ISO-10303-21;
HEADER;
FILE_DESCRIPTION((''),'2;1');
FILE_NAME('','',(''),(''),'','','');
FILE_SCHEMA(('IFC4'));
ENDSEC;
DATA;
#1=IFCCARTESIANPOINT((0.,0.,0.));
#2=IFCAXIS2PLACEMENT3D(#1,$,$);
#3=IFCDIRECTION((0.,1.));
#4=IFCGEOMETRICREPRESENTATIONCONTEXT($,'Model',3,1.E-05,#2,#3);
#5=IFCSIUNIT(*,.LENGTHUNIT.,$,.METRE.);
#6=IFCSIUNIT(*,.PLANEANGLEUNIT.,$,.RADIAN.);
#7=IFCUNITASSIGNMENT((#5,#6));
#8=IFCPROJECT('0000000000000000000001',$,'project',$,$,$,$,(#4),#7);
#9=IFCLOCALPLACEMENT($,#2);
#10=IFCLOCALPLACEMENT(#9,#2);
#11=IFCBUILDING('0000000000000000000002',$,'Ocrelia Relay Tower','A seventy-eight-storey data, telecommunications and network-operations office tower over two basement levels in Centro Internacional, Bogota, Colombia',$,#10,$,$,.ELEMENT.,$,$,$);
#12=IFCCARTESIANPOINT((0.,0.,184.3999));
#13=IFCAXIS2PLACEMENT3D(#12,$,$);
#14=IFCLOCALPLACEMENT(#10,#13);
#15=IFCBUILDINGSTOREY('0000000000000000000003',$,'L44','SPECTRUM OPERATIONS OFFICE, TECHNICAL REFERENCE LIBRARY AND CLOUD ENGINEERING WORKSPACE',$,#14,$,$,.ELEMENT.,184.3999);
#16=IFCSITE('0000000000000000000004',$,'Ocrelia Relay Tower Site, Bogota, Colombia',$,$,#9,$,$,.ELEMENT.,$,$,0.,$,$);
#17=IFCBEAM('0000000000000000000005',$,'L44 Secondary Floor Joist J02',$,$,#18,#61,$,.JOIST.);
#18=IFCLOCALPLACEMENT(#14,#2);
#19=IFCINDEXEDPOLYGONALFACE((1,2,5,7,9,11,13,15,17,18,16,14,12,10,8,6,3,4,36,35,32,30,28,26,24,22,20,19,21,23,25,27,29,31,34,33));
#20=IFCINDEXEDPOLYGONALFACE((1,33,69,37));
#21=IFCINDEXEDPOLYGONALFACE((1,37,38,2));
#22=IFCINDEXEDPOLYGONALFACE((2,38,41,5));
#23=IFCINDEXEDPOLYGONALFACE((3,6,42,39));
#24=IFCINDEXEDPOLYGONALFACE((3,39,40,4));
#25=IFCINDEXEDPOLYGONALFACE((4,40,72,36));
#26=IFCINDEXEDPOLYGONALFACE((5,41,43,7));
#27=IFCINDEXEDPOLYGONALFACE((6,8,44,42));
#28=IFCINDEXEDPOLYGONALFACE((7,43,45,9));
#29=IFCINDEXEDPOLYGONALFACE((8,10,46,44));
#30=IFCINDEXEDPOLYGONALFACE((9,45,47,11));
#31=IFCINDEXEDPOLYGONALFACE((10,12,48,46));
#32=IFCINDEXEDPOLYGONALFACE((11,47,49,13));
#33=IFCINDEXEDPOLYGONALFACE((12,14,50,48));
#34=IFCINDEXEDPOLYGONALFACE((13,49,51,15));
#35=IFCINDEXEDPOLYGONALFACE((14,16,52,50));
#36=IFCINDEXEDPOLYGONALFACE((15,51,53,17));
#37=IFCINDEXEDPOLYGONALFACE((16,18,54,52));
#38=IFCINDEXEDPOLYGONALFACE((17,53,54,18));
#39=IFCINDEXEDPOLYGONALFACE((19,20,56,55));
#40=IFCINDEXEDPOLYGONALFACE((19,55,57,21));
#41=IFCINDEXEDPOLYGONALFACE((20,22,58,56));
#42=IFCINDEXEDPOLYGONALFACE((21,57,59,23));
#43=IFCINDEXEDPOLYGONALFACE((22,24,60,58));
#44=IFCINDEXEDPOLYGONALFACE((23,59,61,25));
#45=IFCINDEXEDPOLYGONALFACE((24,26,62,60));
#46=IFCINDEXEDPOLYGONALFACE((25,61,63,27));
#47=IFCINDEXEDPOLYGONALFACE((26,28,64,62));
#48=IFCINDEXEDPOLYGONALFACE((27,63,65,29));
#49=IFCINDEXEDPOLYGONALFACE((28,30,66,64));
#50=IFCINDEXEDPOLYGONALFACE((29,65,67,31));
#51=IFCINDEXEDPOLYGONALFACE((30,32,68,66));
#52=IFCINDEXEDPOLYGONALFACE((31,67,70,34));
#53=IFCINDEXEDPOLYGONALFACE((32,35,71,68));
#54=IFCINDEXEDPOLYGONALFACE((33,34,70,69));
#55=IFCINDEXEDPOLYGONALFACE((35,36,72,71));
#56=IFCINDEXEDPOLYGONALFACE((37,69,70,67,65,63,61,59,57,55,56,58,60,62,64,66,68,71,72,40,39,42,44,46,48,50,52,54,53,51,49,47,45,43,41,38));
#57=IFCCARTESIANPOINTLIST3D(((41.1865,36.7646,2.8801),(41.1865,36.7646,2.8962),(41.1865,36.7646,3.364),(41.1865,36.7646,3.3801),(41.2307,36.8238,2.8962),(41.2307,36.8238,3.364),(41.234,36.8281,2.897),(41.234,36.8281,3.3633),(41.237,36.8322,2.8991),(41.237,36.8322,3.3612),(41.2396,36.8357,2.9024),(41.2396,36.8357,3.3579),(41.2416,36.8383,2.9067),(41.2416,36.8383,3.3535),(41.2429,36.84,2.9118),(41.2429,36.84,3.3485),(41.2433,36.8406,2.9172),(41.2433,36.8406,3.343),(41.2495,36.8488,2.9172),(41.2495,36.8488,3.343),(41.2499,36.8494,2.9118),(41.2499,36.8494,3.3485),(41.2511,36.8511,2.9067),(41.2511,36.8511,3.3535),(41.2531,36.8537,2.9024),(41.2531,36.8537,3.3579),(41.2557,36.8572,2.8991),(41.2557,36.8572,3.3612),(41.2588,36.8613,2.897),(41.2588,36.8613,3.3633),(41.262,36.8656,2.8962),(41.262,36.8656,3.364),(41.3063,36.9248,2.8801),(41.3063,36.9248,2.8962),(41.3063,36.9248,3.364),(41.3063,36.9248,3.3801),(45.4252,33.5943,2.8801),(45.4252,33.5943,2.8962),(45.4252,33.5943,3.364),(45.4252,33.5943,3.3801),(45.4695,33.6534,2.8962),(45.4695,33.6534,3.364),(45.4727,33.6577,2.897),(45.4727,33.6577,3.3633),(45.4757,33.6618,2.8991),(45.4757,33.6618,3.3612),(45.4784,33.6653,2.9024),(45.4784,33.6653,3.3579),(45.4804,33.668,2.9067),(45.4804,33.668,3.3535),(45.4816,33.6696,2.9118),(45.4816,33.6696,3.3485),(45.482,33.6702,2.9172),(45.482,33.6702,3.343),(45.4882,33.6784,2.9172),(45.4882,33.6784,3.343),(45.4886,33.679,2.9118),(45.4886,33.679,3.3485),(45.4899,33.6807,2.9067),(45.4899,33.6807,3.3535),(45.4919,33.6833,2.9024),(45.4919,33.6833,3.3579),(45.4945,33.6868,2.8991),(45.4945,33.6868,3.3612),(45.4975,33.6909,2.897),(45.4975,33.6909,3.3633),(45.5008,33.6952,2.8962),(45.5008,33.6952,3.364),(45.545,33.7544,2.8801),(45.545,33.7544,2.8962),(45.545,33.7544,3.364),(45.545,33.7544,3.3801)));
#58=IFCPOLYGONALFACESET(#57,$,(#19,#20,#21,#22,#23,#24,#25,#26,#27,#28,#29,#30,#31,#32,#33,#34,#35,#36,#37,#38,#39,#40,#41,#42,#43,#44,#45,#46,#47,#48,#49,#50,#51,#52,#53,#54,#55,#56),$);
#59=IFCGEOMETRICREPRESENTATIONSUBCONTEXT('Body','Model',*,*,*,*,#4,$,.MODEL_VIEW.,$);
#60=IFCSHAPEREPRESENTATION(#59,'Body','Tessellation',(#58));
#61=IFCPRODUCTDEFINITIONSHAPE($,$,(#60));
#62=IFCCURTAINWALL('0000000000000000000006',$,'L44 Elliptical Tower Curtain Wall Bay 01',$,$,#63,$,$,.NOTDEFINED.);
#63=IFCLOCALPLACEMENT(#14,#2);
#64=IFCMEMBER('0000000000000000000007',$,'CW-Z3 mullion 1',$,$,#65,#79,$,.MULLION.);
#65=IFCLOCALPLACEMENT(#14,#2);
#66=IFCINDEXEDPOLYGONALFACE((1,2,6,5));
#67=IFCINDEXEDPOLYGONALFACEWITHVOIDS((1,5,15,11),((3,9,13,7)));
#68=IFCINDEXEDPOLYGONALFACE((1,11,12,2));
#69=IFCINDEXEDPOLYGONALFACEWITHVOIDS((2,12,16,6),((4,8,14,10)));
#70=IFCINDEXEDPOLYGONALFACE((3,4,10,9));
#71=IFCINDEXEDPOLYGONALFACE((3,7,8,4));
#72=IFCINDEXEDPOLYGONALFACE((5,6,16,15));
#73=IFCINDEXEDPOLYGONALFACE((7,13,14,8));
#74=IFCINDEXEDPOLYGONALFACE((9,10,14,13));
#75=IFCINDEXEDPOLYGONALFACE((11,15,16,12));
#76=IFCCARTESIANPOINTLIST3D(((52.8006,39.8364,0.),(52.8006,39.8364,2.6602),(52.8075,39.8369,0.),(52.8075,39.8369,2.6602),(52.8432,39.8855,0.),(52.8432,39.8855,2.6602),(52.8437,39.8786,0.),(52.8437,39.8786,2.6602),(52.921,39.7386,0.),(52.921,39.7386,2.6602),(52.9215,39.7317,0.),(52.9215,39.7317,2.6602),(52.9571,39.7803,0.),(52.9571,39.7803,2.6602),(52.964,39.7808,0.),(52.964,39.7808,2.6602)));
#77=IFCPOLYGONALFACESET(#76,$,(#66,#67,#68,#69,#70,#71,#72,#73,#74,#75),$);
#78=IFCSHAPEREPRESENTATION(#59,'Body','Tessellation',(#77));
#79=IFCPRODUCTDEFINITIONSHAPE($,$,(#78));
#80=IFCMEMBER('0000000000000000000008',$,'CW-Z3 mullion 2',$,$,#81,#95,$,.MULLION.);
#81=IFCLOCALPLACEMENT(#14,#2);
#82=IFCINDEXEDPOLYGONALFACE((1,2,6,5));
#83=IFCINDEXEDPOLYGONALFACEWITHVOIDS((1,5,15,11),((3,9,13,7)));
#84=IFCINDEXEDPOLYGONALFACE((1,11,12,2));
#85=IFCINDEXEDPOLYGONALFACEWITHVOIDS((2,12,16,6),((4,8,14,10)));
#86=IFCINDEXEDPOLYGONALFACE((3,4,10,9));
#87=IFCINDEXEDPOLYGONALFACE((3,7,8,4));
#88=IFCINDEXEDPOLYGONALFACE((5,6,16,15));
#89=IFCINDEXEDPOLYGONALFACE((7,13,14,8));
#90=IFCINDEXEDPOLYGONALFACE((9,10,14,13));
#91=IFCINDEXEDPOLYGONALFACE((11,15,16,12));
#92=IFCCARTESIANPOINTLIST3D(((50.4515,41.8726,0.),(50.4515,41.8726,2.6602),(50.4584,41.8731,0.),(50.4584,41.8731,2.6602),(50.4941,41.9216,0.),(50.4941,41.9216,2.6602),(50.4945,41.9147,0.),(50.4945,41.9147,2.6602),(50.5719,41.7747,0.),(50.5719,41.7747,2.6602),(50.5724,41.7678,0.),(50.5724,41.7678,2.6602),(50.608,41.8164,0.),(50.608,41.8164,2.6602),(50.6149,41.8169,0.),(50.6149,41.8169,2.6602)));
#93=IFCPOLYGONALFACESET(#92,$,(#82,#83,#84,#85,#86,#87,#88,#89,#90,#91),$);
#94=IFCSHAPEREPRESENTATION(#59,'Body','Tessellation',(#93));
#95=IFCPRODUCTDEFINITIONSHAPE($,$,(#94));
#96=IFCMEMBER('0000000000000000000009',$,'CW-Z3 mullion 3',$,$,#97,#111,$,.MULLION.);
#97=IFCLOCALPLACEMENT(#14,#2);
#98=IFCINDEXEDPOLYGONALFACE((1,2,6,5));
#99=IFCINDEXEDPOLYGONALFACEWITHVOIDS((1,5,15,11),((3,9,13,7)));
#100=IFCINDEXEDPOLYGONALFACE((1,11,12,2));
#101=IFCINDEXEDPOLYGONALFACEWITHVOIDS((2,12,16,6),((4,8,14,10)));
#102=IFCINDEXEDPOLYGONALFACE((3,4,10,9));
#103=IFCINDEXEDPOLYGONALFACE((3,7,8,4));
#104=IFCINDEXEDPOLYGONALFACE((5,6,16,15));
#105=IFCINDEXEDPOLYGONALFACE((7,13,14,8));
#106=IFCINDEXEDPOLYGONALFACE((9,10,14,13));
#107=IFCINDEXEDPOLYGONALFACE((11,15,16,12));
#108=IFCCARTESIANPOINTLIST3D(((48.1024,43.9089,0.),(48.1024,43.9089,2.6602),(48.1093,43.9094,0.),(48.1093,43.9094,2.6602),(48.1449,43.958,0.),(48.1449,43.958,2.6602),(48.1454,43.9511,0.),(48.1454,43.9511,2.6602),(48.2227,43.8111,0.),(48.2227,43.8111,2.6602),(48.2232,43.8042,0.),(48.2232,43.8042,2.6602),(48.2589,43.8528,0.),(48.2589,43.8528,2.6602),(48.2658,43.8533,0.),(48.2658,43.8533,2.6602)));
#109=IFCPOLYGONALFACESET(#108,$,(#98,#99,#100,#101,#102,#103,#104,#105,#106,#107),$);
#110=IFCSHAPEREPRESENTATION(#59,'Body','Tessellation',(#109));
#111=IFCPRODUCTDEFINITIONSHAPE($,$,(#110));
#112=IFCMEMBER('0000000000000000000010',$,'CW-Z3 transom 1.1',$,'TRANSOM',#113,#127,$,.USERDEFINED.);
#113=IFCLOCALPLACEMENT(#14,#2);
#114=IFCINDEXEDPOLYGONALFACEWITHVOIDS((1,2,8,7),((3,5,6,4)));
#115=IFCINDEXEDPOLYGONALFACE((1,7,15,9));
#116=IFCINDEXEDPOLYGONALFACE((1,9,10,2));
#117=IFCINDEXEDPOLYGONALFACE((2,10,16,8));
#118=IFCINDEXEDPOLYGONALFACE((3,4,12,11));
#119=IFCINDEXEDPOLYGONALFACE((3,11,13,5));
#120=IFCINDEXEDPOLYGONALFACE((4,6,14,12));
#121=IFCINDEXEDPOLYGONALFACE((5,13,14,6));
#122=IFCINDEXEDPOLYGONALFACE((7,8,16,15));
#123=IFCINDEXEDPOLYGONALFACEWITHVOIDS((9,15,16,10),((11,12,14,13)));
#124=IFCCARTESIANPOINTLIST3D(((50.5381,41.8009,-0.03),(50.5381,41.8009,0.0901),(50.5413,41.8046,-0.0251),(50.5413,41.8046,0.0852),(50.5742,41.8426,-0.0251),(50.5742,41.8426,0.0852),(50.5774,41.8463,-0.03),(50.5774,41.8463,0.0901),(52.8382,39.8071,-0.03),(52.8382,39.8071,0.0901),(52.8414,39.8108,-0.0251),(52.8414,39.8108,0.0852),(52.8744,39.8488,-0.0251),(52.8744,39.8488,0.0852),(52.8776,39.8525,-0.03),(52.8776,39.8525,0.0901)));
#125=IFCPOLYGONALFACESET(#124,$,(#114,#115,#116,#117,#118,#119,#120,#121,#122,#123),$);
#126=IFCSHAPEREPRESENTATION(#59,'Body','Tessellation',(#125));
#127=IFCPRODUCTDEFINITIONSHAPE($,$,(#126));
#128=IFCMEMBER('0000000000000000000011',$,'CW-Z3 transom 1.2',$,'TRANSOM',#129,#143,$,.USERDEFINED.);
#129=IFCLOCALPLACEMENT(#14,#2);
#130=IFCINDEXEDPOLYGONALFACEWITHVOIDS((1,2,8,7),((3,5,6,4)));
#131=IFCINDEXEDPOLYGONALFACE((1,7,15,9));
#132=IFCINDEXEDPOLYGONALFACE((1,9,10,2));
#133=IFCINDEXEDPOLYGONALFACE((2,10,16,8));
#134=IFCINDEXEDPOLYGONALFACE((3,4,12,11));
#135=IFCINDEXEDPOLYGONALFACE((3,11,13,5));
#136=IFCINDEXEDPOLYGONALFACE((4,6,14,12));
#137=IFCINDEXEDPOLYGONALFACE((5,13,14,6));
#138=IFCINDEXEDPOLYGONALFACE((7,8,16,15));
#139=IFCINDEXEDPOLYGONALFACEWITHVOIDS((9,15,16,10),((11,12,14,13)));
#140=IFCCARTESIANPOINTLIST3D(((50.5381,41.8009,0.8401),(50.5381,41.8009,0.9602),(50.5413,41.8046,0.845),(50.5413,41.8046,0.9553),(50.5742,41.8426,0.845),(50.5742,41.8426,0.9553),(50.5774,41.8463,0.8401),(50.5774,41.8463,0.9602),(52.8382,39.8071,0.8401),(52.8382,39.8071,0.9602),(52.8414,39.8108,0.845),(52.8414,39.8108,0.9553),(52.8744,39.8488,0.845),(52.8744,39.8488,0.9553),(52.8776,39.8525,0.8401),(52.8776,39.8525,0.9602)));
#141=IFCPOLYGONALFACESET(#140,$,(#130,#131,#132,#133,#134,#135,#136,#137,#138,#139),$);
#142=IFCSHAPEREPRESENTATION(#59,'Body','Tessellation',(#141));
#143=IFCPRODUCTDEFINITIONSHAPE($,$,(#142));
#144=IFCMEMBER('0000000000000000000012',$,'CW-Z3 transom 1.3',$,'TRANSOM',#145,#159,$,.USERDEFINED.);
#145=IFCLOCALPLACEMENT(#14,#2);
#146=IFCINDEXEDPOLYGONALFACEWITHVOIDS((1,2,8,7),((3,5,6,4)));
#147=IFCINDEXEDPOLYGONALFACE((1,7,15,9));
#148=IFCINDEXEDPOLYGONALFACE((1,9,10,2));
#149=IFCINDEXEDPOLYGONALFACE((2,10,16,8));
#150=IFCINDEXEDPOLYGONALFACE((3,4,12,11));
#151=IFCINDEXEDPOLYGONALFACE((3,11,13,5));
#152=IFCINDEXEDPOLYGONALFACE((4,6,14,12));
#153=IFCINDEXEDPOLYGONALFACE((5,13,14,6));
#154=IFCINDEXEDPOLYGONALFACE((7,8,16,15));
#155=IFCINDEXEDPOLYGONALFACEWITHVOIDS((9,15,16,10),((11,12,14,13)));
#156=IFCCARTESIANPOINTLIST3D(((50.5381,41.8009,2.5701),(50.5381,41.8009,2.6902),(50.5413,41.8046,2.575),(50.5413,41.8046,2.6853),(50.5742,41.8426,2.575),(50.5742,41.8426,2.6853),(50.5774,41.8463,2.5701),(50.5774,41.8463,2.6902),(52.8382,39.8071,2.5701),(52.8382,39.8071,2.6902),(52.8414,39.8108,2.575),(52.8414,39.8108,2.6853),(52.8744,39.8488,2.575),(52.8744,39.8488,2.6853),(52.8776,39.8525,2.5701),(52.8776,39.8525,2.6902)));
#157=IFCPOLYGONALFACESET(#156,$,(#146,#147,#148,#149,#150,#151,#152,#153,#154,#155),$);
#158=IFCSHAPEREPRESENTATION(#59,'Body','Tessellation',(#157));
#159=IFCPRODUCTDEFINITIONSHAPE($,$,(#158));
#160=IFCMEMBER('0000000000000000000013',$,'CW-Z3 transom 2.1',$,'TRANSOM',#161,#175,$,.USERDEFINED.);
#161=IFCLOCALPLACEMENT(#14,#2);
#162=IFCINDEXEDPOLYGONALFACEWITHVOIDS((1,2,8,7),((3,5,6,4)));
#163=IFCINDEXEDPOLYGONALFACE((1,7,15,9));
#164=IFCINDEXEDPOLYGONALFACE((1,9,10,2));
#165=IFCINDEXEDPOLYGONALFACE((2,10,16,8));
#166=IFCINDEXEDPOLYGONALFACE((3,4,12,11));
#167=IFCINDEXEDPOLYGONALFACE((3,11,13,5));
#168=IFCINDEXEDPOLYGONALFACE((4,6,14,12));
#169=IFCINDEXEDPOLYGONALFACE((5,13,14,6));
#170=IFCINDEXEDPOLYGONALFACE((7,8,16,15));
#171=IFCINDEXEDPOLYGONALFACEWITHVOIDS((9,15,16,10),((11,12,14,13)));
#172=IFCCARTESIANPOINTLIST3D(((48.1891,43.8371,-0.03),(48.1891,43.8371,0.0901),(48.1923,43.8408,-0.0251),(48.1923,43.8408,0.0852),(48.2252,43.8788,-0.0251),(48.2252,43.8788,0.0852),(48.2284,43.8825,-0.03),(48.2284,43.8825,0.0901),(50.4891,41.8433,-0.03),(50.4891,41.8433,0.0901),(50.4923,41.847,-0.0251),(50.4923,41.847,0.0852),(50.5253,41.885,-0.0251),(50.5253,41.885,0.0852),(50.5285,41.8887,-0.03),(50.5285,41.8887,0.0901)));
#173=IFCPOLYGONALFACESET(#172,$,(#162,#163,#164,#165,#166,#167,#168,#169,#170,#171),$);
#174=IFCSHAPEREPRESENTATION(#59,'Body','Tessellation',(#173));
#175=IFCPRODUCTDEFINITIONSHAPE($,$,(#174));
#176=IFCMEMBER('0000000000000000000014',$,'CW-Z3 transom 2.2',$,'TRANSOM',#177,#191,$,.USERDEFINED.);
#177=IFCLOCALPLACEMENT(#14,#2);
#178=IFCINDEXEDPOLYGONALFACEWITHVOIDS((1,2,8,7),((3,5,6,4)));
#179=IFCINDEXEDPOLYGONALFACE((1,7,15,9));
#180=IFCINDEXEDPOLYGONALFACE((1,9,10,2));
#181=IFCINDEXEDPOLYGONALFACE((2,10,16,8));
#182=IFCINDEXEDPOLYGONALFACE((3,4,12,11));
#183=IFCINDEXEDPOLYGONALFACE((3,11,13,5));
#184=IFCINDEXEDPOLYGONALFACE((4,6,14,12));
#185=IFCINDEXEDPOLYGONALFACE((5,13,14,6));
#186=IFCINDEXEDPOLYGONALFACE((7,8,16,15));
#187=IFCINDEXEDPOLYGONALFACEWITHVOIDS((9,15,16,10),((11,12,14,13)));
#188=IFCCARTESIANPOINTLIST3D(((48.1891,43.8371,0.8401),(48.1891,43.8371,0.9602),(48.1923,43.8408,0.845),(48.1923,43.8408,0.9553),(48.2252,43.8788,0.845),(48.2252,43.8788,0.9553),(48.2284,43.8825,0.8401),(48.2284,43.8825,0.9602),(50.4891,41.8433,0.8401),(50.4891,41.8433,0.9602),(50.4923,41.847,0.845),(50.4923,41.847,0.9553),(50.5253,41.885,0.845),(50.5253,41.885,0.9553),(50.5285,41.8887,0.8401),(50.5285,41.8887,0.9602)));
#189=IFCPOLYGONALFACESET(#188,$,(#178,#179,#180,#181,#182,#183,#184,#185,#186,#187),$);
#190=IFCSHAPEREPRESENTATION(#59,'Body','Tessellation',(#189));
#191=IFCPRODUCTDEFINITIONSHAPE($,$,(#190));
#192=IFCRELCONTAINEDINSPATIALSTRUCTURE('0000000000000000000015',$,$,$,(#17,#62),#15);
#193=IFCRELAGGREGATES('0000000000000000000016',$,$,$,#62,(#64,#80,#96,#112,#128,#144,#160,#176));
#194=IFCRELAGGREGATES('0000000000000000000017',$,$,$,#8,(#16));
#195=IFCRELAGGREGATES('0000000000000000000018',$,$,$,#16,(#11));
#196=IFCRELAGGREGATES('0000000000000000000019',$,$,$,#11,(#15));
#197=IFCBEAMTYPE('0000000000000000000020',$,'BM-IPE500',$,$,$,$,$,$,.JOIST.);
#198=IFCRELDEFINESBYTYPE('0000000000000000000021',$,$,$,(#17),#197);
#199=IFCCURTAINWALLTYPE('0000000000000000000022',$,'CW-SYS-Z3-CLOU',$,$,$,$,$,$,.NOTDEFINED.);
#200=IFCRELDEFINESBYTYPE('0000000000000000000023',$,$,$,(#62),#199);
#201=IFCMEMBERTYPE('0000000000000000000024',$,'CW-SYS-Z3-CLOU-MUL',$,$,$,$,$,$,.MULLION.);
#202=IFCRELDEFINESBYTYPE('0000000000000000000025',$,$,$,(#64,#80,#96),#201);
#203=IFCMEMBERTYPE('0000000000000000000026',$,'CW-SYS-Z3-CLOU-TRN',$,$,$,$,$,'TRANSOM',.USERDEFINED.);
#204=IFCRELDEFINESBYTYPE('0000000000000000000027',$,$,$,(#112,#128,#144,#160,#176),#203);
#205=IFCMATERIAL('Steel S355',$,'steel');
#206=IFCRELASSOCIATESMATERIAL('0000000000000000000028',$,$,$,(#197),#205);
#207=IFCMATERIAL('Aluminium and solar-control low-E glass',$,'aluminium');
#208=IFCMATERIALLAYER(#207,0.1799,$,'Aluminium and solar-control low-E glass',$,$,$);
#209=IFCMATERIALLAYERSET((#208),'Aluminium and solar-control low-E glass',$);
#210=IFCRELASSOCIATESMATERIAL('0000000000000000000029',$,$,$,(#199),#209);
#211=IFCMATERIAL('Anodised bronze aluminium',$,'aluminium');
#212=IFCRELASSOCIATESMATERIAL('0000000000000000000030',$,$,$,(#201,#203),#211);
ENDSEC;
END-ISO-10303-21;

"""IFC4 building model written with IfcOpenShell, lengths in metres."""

from ifc_helpers import new_model, si_unit, direction, frame, origin, origin_2d, place, context, subcontext, project, spatial, hollow_rectangle, i_section, extrude, material, layer, layer_set, material_profile, profile_set, type_object, element, aggregate, save


model = new_model("IFC4")

# Units and contexts
model_context = context("Model", 3, precision=1e-05, world=origin(), true_north=direction((0.0, 1.0)))
body_context = subcontext(model_context, "Body", "Model", "MODEL_VIEW")
ifc_project = project(units=[si_unit("LENGTHUNIT", "METRE"), si_unit("PLANEANGLEUNIT", "RADIAN")], contexts=[model_context])

# Site, building, storey
site_placement = place(None, origin())
site = spatial("IfcSite", under=ifc_project, at=site_placement, Name="Ocrelia Relay Tower Site, Bogota, Colombia", CompositionType="ELEMENT", RefElevation=0.0)
building_placement = place(site_placement, origin())
building = spatial("IfcBuilding", under=site, at=building_placement, Name="Ocrelia Relay Tower", Description="A seventy-eight-storey data, telecommunications and network-operations office tower over two basement levels in Centro Internacional, Bogota, Colombia", CompositionType="ELEMENT")
storey_placement = place(building_placement, frame((0.0, 0.0, 184.3999)))
storey = spatial("IfcBuildingStorey", under=building, at=storey_placement, Name="L44", Description="SPECTRUM OPERATIONS OFFICE, TECHNICAL REFERENCE LIBRARY AND CLOUD ENGINEERING WORKSPACE", CompositionType="ELEMENT", Elevation=184.3999)

# Beam
ifc_material_1 = material(Name="Steel S355", Category="steel")
ifc_material_profile_1 = material_profile(ifc_material_1, i_section(OverallWidth=0.2, OverallDepth=0.5, WebThickness=0.0103, FlangeThickness=0.0161, FilletRadius=0.021, at=origin_2d()), Name="IPE 500")
ifc_profile_set_1 = profile_set([ifc_material_profile_1], Name="Steel S355")
beam_type_1 = type_object("IfcBeamType", Name="BM-IPE500", PredefinedType="JOIST", material=ifc_profile_set_1)
beam_1_placement = place(storey_placement, frame((45.4851, 33.6743, 3.1301), z_axis=(-0.800785, 0.598952, 0.0), x_axis=(-0.598952, -0.800785, 0.0)))
element("IfcBeam", 1, at=beam_1_placement, inside=storey, type_object=beam_type_1, Name="L44 Secondary Floor Joist J02", PredefinedType="JOIST", context=body_context, shape_type="SweptSolid", body=[
    extrude(i_section(OverallWidth=0.2, OverallDepth=0.5, WebThickness=0.0103, FlangeThickness=0.0161, FilletRadius=0.021, at=origin_2d()), origin(), (0.0, 0.0, 1.0), 5.2932),
])

# Curtain wall, members
ifc_material_2 = material(Name="Aluminium and solar-control low-E glass", Category="aluminium")
ifc_layer_1 = layer(ifc_material_2, 0.1799, Name="Aluminium and solar-control low-E glass")
ifc_layer_set_1 = layer_set([ifc_layer_1], Name="Aluminium and solar-control low-E glass")
curtain_wall_type = type_object("IfcCurtainWallType", Name="CW-SYS-Z3-CLOU", PredefinedType="NOTDEFINED", material=ifc_layer_set_1)
curtain_wall_placement = place(storey_placement, origin())
curtain_wall = element("IfcCurtainWall", 2, at=curtain_wall_placement, inside=storey, type_object=curtain_wall_type, Name="L44 Elliptical Tower Curtain Wall Bay 01", PredefinedType="NOTDEFINED")
ifc_material_3 = material(Name="Anodised bronze aluminium", Category="aluminium")
ifc_material_profile_2 = material_profile(ifc_material_3, hollow_rectangle(XDim=0.0649, YDim=0.1599, WallThickness=0.0049, at=origin_2d()), Name="CW-MUL-160x65")
ifc_profile_set_2 = profile_set([ifc_material_profile_2], Name="Anodised bronze aluminium")
member_type_1 = type_object("IfcMemberType", Name="CW-SYS-Z3-CLOU-MUL", PredefinedType="MULLION", material=ifc_profile_set_2)
member_1_placement = place(storey_placement, frame((52.8823, 39.8086, 0.0), z_axis=(0.0, 0.0, 1.0), x_axis=(-0.655002, -0.755627, 0.0)))
member_1 = element("IfcMember", 3, at=member_1_placement, type_object=member_type_1, Name="CW-Z3 mullion 1", PredefinedType="MULLION", context=body_context, shape_type="SweptSolid", body=[
    extrude(hollow_rectangle(XDim=0.0649, YDim=0.1599, WallThickness=0.0049, at=origin_2d()), origin(), (0.0, 0.0, 1.0), 2.6602),
])
member_2_placement = place(storey_placement, frame((50.5332, 41.8447, 0.0), z_axis=(0.0, 0.0, 1.0), x_axis=(-0.655002, -0.755627, 0.0)))
member_2 = element("IfcMember", 4, at=member_2_placement, type_object=member_type_1, Name="CW-Z3 mullion 2", PredefinedType="MULLION", context=body_context, shape_type="SweptSolid", body=[
    extrude(hollow_rectangle(XDim=0.0649, YDim=0.1599, WallThickness=0.0049, at=origin_2d()), origin(), (0.0, 0.0, 1.0), 2.6602),
])
member_3_placement = place(storey_placement, frame((48.1841, 43.8811, 0.0), z_axis=(0.0, 0.0, 1.0), x_axis=(-0.655002, -0.755627, 0.0)))
member_3 = element("IfcMember", 5, at=member_3_placement, type_object=member_type_1, Name="CW-Z3 mullion 3", PredefinedType="MULLION", context=body_context, shape_type="SweptSolid", body=[
    extrude(hollow_rectangle(XDim=0.0649, YDim=0.1599, WallThickness=0.0049, at=origin_2d()), origin(), (0.0, 0.0, 1.0), 2.6602),
])
ifc_material_profile_3 = material_profile(ifc_material_3, hollow_rectangle(XDim=0.0601, YDim=0.1201, WallThickness=0.0049, at=origin_2d()), Name="CW-TRN-120x60")
ifc_profile_set_3 = profile_set([ifc_material_profile_3], Name="Anodised bronze aluminium")
member_type_2 = type_object("IfcMemberType", Name="CW-SYS-Z3-CLOU-TRN", ElementType="TRANSOM", PredefinedType="USERDEFINED", material=ifc_profile_set_3)
member_4_placement = place(storey_placement, frame((52.8579, 39.8298, 0.03), z_axis=(-0.755644, 0.654982, 0.0), x_axis=(-0.654982, -0.755644, 0.0)))
member_4 = element("IfcMember", 6, at=member_4_placement, type_object=member_type_2, Name="CW-Z3 transom 1.1", ObjectType="TRANSOM", PredefinedType="USERDEFINED", context=body_context, shape_type="SweptSolid", body=[
    extrude(hollow_rectangle(XDim=0.0601, YDim=0.1201, WallThickness=0.0049, at=origin_2d()), origin(), (0.0, 0.0, 1.0), 3.0439),
])
member_5_placement = place(storey_placement, frame((52.8579, 39.8298, 0.9001), z_axis=(-0.755644, 0.654982, 0.0), x_axis=(-0.654982, -0.755644, 0.0)))
member_5 = element("IfcMember", 7, at=member_5_placement, type_object=member_type_2, Name="CW-Z3 transom 1.2", ObjectType="TRANSOM", PredefinedType="USERDEFINED", context=body_context, shape_type="SweptSolid", body=[
    extrude(hollow_rectangle(XDim=0.0601, YDim=0.1201, WallThickness=0.0049, at=origin_2d()), origin(), (0.0, 0.0, 1.0), 3.0439),
])
member_6_placement = place(storey_placement, frame((52.8579, 39.8298, 2.6301), z_axis=(-0.755644, 0.654982, 0.0), x_axis=(-0.654982, -0.755644, 0.0)))
member_6 = element("IfcMember", 8, at=member_6_placement, type_object=member_type_2, Name="CW-Z3 transom 1.3", ObjectType="TRANSOM", PredefinedType="USERDEFINED", context=body_context, shape_type="SweptSolid", body=[
    extrude(hollow_rectangle(XDim=0.0601, YDim=0.1201, WallThickness=0.0049, at=origin_2d()), origin(), (0.0, 0.0, 1.0), 3.0439),
])
member_7_placement = place(storey_placement, frame((50.5088, 41.866, 0.03), z_axis=(-0.755604, 0.655028, 0.0), x_axis=(-0.655028, -0.755604, 0.0)))
member_7 = element("IfcMember", 9, at=member_7_placement, type_object=member_type_2, Name="CW-Z3 transom 2.1", ObjectType="TRANSOM", PredefinedType="USERDEFINED", context=body_context, shape_type="SweptSolid", body=[
    extrude(hollow_rectangle(XDim=0.0601, YDim=0.1201, WallThickness=0.0049, at=origin_2d()), origin(), (0.0, 0.0, 1.0), 3.0439),
])
member_8_placement = place(storey_placement, frame((50.5088, 41.866, 0.9001), z_axis=(-0.755604, 0.655028, 0.0), x_axis=(-0.655028, -0.755604, 0.0)))
member_8 = element("IfcMember", 10, at=member_8_placement, type_object=member_type_2, Name="CW-Z3 transom 2.2", ObjectType="TRANSOM", PredefinedType="USERDEFINED", context=body_context, shape_type="SweptSolid", body=[
    extrude(hollow_rectangle(XDim=0.0601, YDim=0.1201, WallThickness=0.0049, at=origin_2d()), origin(), (0.0, 0.0, 1.0), 3.0439),
])
aggregate(curtain_wall, [member_1, member_2, member_3, member_4, member_5, member_6, member_7, member_8])

save(model, "model.ifc")
